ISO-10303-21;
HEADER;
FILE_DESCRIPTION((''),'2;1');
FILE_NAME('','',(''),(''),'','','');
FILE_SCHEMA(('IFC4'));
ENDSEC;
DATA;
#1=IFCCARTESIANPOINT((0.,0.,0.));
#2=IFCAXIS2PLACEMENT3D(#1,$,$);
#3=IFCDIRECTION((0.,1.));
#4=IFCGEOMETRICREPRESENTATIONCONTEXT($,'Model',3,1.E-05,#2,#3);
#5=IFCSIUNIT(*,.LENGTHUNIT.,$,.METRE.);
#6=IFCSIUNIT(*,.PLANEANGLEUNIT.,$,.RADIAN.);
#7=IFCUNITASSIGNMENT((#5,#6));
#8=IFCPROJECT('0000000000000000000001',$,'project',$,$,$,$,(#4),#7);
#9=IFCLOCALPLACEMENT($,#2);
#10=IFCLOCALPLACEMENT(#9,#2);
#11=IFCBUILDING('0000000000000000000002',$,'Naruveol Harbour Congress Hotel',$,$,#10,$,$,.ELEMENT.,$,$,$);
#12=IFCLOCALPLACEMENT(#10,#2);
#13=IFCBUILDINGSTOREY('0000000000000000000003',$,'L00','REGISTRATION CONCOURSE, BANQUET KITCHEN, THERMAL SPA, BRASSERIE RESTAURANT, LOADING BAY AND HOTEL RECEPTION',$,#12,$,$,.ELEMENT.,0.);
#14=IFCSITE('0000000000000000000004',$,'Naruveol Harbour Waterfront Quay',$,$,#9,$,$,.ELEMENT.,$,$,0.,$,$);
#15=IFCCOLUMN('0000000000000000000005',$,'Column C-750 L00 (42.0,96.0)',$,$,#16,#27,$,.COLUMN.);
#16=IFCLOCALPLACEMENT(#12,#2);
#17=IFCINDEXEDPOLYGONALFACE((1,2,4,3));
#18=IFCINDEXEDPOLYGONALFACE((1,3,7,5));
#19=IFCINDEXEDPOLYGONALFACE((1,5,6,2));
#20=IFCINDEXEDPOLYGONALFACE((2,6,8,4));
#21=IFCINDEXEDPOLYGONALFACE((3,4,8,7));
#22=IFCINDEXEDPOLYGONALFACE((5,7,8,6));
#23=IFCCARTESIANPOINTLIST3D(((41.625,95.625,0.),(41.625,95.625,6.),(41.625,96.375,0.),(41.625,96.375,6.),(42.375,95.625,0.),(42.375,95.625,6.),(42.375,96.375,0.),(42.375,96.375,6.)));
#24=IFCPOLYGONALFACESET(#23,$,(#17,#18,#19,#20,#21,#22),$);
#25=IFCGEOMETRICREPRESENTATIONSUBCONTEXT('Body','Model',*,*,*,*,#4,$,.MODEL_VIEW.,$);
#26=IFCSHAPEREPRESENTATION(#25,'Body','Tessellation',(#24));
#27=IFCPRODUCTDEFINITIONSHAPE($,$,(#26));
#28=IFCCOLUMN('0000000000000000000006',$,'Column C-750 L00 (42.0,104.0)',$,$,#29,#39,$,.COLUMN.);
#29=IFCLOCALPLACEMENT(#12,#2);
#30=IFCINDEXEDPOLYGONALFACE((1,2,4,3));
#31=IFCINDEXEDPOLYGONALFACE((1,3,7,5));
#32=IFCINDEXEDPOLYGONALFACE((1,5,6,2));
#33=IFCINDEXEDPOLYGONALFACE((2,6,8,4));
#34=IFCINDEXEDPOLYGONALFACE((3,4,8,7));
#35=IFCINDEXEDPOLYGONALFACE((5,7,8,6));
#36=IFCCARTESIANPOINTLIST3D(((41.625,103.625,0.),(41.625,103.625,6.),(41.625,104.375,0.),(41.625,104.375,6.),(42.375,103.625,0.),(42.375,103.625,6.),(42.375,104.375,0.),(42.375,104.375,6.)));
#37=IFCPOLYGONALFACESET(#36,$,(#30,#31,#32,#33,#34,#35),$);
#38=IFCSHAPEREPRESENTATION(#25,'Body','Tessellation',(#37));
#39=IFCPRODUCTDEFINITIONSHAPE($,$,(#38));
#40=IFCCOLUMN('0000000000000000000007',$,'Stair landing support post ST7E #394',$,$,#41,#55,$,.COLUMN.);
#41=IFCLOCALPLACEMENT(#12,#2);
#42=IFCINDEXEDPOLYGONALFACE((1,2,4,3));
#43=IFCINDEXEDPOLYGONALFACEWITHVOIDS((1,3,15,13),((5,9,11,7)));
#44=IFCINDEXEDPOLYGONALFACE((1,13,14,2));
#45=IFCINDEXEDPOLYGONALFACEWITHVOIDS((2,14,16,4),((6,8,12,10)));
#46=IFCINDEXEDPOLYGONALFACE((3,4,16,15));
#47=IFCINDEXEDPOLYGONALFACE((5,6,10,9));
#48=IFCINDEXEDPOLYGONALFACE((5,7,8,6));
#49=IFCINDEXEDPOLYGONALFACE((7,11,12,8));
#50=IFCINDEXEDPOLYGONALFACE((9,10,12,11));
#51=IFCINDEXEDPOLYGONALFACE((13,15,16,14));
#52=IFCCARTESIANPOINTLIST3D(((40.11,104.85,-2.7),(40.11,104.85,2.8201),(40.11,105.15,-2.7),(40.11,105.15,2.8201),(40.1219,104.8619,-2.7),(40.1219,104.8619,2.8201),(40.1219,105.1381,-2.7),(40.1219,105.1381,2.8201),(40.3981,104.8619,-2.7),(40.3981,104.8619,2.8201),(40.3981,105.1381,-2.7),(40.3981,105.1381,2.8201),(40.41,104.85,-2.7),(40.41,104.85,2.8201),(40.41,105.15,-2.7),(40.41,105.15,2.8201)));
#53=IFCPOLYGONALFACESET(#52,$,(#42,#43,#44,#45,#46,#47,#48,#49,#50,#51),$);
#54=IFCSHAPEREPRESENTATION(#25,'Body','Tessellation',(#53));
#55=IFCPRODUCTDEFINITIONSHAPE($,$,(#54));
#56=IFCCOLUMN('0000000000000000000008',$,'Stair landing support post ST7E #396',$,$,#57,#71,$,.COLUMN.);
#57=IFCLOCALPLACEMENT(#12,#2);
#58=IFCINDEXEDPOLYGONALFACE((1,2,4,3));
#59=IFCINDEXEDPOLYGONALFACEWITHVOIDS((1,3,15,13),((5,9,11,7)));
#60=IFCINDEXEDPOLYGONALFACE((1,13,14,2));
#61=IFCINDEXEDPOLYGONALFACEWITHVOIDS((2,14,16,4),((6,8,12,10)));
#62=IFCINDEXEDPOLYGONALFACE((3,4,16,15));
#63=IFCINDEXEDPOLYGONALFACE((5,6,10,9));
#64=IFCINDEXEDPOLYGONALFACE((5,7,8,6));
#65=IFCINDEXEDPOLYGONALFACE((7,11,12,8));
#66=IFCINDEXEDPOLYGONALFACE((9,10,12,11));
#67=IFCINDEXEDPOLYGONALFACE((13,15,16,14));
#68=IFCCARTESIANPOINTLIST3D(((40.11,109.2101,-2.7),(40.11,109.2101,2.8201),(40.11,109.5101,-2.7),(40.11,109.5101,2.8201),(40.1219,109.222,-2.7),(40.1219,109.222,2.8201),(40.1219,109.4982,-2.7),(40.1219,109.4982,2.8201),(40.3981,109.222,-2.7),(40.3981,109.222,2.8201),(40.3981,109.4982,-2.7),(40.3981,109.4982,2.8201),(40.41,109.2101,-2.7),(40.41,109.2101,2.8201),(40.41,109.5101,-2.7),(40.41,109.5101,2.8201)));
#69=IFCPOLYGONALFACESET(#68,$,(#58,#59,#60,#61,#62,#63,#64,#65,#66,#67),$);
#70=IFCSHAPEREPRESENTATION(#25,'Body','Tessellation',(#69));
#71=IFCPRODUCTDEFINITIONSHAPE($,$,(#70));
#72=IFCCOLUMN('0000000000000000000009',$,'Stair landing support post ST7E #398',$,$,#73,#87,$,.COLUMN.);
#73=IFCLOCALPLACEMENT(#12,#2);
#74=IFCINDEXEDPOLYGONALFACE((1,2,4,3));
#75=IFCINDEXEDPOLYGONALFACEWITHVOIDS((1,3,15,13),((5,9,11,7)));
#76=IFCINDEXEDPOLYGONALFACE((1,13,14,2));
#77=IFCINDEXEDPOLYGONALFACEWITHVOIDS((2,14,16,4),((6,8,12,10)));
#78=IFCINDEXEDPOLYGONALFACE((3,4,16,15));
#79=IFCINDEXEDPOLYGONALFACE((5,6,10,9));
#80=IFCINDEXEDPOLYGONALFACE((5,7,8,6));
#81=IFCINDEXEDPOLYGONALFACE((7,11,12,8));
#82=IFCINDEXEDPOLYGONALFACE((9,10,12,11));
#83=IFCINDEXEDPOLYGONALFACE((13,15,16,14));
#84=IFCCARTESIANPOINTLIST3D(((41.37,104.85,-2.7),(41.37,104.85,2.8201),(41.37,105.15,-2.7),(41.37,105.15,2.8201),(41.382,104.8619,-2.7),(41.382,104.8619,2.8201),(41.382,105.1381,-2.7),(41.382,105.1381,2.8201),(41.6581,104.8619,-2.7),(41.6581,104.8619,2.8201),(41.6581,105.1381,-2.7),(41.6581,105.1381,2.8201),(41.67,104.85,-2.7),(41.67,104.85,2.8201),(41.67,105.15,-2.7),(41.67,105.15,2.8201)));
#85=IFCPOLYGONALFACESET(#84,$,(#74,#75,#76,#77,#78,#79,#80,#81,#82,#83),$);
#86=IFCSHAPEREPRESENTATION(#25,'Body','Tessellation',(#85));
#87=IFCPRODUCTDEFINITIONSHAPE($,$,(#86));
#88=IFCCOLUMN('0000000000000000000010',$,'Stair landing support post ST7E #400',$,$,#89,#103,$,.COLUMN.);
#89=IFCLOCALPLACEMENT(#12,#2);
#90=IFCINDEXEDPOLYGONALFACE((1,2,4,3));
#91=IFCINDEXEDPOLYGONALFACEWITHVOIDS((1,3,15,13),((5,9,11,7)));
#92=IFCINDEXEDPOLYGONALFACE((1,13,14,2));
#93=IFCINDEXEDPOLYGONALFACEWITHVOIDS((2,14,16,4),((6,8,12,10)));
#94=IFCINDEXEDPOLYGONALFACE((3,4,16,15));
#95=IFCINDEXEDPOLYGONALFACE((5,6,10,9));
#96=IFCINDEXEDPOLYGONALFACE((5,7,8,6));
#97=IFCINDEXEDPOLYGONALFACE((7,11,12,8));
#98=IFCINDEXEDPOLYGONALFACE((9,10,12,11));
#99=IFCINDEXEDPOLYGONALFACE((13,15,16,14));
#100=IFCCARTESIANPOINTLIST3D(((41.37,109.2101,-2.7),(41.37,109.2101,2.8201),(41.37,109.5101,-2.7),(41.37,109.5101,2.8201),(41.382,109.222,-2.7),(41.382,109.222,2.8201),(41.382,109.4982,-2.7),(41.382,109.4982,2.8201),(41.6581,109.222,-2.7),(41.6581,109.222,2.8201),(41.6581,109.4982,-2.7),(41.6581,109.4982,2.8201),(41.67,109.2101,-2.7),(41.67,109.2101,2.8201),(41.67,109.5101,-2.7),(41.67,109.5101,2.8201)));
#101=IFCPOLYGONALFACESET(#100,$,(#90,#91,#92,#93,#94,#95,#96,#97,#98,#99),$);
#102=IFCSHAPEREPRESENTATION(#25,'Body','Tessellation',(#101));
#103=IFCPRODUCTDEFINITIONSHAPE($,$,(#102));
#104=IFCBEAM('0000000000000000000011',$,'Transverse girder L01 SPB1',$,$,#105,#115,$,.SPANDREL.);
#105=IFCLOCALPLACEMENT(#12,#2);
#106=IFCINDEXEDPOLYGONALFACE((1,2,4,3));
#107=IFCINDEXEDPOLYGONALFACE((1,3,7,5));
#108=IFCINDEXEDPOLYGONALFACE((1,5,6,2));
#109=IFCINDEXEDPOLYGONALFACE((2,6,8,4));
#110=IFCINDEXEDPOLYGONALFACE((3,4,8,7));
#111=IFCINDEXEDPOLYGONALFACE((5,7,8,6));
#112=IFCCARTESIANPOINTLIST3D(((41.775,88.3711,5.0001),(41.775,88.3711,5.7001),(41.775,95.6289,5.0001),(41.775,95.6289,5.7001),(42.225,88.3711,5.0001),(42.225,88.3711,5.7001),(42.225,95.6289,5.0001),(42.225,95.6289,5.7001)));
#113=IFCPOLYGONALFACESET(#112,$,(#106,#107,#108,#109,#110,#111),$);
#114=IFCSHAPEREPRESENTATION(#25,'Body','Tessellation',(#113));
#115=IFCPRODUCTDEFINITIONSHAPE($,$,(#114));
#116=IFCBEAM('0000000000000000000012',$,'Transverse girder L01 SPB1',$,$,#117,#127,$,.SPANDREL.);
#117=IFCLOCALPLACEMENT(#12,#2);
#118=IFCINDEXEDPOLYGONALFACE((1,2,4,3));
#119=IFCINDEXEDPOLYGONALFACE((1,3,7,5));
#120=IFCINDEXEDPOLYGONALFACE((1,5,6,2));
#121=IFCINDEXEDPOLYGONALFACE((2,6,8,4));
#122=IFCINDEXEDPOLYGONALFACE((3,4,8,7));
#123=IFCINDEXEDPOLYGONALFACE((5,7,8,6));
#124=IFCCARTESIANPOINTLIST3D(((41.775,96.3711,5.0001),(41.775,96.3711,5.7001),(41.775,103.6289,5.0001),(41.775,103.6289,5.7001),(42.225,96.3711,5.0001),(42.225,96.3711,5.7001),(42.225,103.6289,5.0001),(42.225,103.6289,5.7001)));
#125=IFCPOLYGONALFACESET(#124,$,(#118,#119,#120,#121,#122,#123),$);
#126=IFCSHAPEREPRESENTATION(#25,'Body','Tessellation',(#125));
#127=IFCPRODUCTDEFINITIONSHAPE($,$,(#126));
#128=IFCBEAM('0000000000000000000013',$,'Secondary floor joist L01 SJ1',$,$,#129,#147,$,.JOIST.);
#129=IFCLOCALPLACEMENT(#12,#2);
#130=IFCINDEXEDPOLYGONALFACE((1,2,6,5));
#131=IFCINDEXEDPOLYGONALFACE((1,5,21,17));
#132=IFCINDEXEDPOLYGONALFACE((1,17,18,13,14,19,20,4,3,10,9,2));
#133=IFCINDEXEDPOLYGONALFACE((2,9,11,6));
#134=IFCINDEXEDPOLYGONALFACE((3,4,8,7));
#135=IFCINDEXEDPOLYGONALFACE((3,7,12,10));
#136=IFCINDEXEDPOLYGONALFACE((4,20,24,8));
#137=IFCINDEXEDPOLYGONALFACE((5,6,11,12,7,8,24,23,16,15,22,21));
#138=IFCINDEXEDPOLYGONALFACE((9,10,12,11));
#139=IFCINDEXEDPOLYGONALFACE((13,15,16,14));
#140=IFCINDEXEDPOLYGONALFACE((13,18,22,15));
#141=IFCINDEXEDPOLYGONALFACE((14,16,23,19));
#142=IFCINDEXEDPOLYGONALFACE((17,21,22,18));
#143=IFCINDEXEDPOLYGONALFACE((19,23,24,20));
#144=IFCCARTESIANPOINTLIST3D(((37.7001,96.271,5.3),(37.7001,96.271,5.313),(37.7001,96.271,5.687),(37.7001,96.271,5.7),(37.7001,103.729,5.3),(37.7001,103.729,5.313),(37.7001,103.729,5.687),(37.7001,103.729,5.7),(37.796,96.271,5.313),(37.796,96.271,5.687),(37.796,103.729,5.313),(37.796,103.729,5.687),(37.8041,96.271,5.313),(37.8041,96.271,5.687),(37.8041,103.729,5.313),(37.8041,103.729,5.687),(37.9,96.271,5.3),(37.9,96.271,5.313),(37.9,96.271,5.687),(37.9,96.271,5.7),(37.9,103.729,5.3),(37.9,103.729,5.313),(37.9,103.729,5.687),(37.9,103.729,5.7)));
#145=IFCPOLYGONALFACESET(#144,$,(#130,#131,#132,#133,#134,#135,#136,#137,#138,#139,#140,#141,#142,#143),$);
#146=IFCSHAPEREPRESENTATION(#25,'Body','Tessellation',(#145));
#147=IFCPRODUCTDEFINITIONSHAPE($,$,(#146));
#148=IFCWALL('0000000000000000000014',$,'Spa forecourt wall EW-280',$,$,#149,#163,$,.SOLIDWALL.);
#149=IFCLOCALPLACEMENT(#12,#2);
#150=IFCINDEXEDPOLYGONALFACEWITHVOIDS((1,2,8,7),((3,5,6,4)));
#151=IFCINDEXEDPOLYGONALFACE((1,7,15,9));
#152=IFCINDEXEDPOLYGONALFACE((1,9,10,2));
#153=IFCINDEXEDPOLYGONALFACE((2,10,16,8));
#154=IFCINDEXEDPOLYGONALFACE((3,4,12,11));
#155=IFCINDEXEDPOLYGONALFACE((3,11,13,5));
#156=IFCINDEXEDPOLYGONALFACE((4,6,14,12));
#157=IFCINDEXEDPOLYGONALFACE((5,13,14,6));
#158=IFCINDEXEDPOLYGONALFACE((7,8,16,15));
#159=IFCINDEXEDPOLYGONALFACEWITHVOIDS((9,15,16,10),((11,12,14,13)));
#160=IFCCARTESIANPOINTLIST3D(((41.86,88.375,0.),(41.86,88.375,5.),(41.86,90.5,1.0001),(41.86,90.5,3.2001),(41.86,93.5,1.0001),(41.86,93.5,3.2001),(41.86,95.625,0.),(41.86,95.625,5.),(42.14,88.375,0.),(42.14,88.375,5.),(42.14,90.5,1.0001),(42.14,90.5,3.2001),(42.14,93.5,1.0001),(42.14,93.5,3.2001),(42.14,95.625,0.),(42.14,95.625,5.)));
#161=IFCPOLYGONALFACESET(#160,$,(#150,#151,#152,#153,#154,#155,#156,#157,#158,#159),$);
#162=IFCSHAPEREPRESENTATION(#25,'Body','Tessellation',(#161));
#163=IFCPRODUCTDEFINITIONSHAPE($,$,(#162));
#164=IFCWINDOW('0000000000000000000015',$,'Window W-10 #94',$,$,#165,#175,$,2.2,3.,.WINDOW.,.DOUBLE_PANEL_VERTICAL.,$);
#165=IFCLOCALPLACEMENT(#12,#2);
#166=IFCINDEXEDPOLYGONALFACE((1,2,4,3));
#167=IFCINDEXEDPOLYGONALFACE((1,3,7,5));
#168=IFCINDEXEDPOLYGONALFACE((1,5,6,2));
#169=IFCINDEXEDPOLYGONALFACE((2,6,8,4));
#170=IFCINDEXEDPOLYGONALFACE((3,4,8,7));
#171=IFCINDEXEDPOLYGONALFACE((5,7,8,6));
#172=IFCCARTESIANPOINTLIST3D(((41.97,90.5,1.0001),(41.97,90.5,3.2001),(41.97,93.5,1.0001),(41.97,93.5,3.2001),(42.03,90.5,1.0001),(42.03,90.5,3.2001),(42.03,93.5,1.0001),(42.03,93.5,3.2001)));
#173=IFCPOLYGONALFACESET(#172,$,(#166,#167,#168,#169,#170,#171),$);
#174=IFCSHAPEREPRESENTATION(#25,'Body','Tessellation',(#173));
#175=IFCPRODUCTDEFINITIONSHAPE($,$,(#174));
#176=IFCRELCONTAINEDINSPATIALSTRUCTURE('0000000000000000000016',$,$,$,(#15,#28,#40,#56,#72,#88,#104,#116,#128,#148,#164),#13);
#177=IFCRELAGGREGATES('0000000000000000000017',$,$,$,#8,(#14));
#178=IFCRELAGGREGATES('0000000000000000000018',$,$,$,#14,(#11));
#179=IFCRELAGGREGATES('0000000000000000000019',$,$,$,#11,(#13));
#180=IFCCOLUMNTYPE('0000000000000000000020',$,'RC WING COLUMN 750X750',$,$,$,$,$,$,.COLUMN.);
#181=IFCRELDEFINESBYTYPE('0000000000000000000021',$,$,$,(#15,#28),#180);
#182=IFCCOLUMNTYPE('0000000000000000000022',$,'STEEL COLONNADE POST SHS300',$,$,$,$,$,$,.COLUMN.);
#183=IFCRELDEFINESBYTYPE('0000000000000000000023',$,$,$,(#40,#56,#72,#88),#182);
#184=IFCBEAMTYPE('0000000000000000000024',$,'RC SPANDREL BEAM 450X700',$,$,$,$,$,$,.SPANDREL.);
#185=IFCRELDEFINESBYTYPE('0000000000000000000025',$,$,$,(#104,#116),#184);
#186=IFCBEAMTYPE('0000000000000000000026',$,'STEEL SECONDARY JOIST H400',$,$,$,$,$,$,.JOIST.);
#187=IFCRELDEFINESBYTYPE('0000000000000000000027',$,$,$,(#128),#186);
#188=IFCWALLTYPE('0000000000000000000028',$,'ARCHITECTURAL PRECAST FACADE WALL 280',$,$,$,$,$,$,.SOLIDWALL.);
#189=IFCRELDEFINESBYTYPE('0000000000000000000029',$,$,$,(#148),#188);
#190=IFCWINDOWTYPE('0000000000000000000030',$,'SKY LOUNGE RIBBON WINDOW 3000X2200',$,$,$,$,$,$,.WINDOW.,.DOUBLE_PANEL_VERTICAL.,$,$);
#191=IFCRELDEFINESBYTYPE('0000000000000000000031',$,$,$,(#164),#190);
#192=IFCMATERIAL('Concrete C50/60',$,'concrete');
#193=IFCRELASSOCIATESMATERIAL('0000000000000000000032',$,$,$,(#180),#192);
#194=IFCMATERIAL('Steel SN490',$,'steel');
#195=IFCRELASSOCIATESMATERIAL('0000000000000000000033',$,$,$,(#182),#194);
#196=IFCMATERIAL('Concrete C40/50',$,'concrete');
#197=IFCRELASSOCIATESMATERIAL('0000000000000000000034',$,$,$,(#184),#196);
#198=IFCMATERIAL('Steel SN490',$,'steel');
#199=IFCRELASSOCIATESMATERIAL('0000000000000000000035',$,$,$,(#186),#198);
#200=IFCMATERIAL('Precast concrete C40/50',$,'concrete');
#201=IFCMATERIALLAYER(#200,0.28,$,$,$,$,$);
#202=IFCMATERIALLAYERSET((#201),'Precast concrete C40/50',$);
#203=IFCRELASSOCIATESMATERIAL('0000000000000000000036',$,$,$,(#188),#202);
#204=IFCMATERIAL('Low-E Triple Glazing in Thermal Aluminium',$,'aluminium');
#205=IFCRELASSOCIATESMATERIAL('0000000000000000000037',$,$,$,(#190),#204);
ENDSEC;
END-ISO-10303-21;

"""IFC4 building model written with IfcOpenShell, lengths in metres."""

from ifc_helpers import new_model, si_unit, direction, frame, frame_2d, origin, origin_2d, place, context, subcontext, project, spatial, rectangle, hollow_rectangle, i_section, extrude, material, layer, layer_set, material_profile, profile_set, type_object, element, fill, save


model = new_model("IFC4")

# Units and contexts
model_context = context("Model", 3, precision=1e-05, world=origin(), true_north=direction((0.0, 1.0)))
body_context = subcontext(model_context, "Body", "Model", "MODEL_VIEW")
ifc_project = project(units=[si_unit("LENGTHUNIT", "METRE"), si_unit("PLANEANGLEUNIT", "RADIAN")], contexts=[model_context])

# Site, building, storey
site_placement = place(None, origin())
site = spatial("IfcSite", under=ifc_project, at=site_placement, Name="Naruveol Harbour Waterfront Quay", CompositionType="ELEMENT", RefElevation=0.0)
building_placement = place(site_placement, origin())
building = spatial("IfcBuilding", under=site, at=building_placement, Name="Naruveol Harbour Congress Hotel", CompositionType="ELEMENT")
storey_placement = place(building_placement, origin())
storey = spatial("IfcBuildingStorey", under=building, at=storey_placement, Name="L00", Description="REGISTRATION CONCOURSE, BANQUET KITCHEN, THERMAL SPA, BRASSERIE RESTAURANT, LOADING BAY AND HOTEL RECEPTION", CompositionType="ELEMENT", Elevation=0.0)

# Columns
ifc_material_1 = material(Name="Concrete C50/60", Category="concrete")
ifc_material_profile_1 = material_profile(ifc_material_1, rectangle(XDim=0.75, YDim=0.75, at=origin_2d()), Name="RC-750x750")
ifc_profile_set_1 = profile_set([ifc_material_profile_1], Name="Concrete C50/60")
column_type_1 = type_object("IfcColumnType", Name="RC WING COLUMN 750X750", PredefinedType="COLUMN", material=ifc_profile_set_1)
for number, where, z_axis, x_axis, name in (
    (1, (42.0, 96.0, 0.0), (0.0, 0.0, 1.0), (1.0, 0.0, 0.0), "Column C-750 L00 (42.0,96.0)"),
    (2, (42.0, 104.0, 0.0), (0.0, 0.0, 1.0), (1.0, 0.0, 0.0), "Column C-750 L00 (42.0,104.0)"),
):
    element("IfcColumn", number, at=place(storey_placement, frame(where, z_axis=z_axis, x_axis=x_axis)), inside=storey, type_object=column_type_1, Name=name, PredefinedType="COLUMN", context=body_context, shape_type="SweptSolid", body=[
        extrude(rectangle(XDim=0.75, YDim=0.75, at=origin_2d()), origin(), (0.0, 0.0, 1.0), 6.0),
    ])
ifc_material_2 = material(Name="Steel SN490", Category="steel")
ifc_material_profile_2 = material_profile(ifc_material_2, hollow_rectangle(XDim=0.3, YDim=0.3, WallThickness=0.012, at=origin_2d()), Name="SHS-300x300x12")
ifc_profile_set_2 = profile_set([ifc_material_profile_2], Name="Steel SN490")
column_type_2 = type_object("IfcColumnType", Name="STEEL COLONNADE POST SHS300", PredefinedType="COLUMN", material=ifc_profile_set_2)
for number, where, z_axis, x_axis, name in (
    (3, (40.26, 105.0, -2.7), (0.0, 0.0, 1.0), (1.0, 0.0, 0.0), "Stair landing support post ST7E #394"),
    (4, (40.26, 109.3601, -2.7), (0.0, 0.0, 1.0), (1.0, 0.0, 0.0), "Stair landing support post ST7E #396"),
    (5, (41.52, 105.0, -2.7), (0.0, 0.0, 1.0), (1.0, 0.0, 0.0), "Stair landing support post ST7E #398"),
    (6, (41.52, 109.3601, -2.7), (0.0, 0.0, 1.0), (1.0, 0.0, 0.0), "Stair landing support post ST7E #400"),
):
    element("IfcColumn", number, at=place(storey_placement, frame(where, z_axis=z_axis, x_axis=x_axis)), inside=storey, type_object=column_type_2, Name=name, PredefinedType="COLUMN", context=body_context, shape_type="SweptSolid", body=[
        extrude(hollow_rectangle(XDim=0.3, YDim=0.3, WallThickness=0.012, at=origin_2d()), origin(), (0.0, 0.0, 1.0), 5.52),
    ])

# Beams
ifc_material_3 = material(Name="Concrete C40/50", Category="concrete")
ifc_material_profile_3 = material_profile(ifc_material_3, rectangle(XDim=0.45, YDim=0.7, at=origin_2d()), Name="RCB-450x700")
ifc_profile_set_3 = profile_set([ifc_material_profile_3], Name="Concrete C40/50")
beam_type_1 = type_object("IfcBeamType", Name="RC SPANDREL BEAM 450X700", PredefinedType="SPANDREL", material=ifc_profile_set_3)
for number, where, z_axis, x_axis, name in (
    (7, (42.0, 88.3711, 5.3501), (0.0, 1.0, 0.0), (-1.0, 0.0, 0.0), "Transverse girder L01 SPB1"),
    (8, (42.0, 96.3711, 5.3501), (0.0, 1.0, 0.0), (-1.0, 0.0, 0.0), "Transverse girder L01 SPB1"),
):
    element("IfcBeam", number, at=place(storey_placement, frame(where, z_axis=z_axis, x_axis=x_axis)), inside=storey, type_object=beam_type_1, Name=name, PredefinedType="SPANDREL", context=body_context, shape_type="SweptSolid", body=[
        extrude(rectangle(XDim=0.45, YDim=0.7, at=origin_2d()), origin(), (0.0, 0.0, 1.0), 7.2578),
    ])
ifc_material_4 = material(Name="Steel SN490", Category="steel")
ifc_material_profile_4 = material_profile(ifc_material_4, i_section(OverallWidth=0.2, OverallDepth=0.3999, WebThickness=0.0081, FlangeThickness=0.0129, at=origin_2d()), Name="H-400x200x8x13")
ifc_profile_set_4 = profile_set([ifc_material_profile_4], Name="Steel SN490")
beam_type_2 = type_object("IfcBeamType", Name="STEEL SECONDARY JOIST H400", PredefinedType="JOIST", material=ifc_profile_set_4)
beam_placement = place(storey_placement, frame((37.8, 96.271, 5.5), z_axis=(0.0, 1.0, 0.0), x_axis=(-1.0, 0.0, 0.0)))
element("IfcBeam", 9, at=beam_placement, inside=storey, type_object=beam_type_2, Name="Secondary floor joist L01 SJ1", PredefinedType="JOIST", context=body_context, shape_type="SweptSolid", body=[
    extrude(i_section(OverallWidth=0.2, OverallDepth=0.3999, WebThickness=0.0081, FlangeThickness=0.0129, at=origin_2d()), origin(), (0.0, 0.0, 1.0), 7.458),
])

# Wall, opening, window
ifc_material_5 = material(Name="Precast concrete C40/50", Category="concrete")
ifc_layer_1 = layer(ifc_material_5, 0.28)
ifc_layer_set_1 = layer_set([ifc_layer_1], Name="Precast concrete C40/50")
wall_type_1 = type_object("IfcWallType", Name="ARCHITECTURAL PRECAST FACADE WALL 280", PredefinedType="SOLIDWALL", material=ifc_layer_set_1)
wall_1_placement = place(storey_placement, frame((42.0, 95.625, 0.0), z_axis=(0.0, 0.0, 1.0), x_axis=(0.0, -1.0, 0.0)))
wall_1 = element("IfcWall", 10, at=wall_1_placement, inside=storey, type_object=wall_type_1, Name="Spa forecourt wall EW-280", PredefinedType="SOLIDWALL", context=body_context, shape_type="SweptSolid", body=[
    extrude(rectangle(XDim=7.25, YDim=0.28, at=frame_2d((3.625, 0.0))), origin(), (0.0, 0.0, 1.0), 5.0),
])
opening_1_placement = place(wall_1_placement, frame((2.125, 0.0, 1.0)))
opening_1 = element("IfcOpeningElement", 11, at=opening_1_placement, cuts=wall_1, PredefinedType="OPENING", context=body_context, shape_type="SweptSolid", body=[
    extrude(rectangle(XDim=3.0, YDim=2.2, at=frame_2d((1.5, 1.1001))), frame((0.0, 0.1499, 0.0), z_axis=(0.0, -1.0, 0.0), x_axis=(1.0, 0.0, 0.0)), (0.0, 0.0, 1.0), 0.3),
])
ifc_material_6 = material(Name="Low-E Triple Glazing in Thermal Aluminium", Category="aluminium")
window_type_1 = type_object("IfcWindowType", Name="SKY LOUNGE RIBBON WINDOW 3000X2200", PartitioningType="DOUBLE_PANEL_VERTICAL", PredefinedType="WINDOW", material=ifc_material_6)
window_1_placement = place(opening_1_placement, origin())
window_1 = element("IfcWindow", 12, at=window_1_placement, inside=storey, type_object=window_type_1, Name="Window W-10 #94", OverallHeight=2.2, OverallWidth=3.0, PartitioningType="DOUBLE_PANEL_VERTICAL", PredefinedType="WINDOW", context=body_context, shape_type="SweptSolid", body=[
    extrude(rectangle(XDim=3.0, YDim=2.2, at=frame_2d((1.5, 1.1001))), frame((0.0, 0.03, 0.0), z_axis=(0.0, -1.0, 0.0), x_axis=(1.0, 0.0, 0.0)), (0.0, 0.0, 1.0), 0.0601),
])
fill(opening_1, window_1)

save(model, "model.ifc")
